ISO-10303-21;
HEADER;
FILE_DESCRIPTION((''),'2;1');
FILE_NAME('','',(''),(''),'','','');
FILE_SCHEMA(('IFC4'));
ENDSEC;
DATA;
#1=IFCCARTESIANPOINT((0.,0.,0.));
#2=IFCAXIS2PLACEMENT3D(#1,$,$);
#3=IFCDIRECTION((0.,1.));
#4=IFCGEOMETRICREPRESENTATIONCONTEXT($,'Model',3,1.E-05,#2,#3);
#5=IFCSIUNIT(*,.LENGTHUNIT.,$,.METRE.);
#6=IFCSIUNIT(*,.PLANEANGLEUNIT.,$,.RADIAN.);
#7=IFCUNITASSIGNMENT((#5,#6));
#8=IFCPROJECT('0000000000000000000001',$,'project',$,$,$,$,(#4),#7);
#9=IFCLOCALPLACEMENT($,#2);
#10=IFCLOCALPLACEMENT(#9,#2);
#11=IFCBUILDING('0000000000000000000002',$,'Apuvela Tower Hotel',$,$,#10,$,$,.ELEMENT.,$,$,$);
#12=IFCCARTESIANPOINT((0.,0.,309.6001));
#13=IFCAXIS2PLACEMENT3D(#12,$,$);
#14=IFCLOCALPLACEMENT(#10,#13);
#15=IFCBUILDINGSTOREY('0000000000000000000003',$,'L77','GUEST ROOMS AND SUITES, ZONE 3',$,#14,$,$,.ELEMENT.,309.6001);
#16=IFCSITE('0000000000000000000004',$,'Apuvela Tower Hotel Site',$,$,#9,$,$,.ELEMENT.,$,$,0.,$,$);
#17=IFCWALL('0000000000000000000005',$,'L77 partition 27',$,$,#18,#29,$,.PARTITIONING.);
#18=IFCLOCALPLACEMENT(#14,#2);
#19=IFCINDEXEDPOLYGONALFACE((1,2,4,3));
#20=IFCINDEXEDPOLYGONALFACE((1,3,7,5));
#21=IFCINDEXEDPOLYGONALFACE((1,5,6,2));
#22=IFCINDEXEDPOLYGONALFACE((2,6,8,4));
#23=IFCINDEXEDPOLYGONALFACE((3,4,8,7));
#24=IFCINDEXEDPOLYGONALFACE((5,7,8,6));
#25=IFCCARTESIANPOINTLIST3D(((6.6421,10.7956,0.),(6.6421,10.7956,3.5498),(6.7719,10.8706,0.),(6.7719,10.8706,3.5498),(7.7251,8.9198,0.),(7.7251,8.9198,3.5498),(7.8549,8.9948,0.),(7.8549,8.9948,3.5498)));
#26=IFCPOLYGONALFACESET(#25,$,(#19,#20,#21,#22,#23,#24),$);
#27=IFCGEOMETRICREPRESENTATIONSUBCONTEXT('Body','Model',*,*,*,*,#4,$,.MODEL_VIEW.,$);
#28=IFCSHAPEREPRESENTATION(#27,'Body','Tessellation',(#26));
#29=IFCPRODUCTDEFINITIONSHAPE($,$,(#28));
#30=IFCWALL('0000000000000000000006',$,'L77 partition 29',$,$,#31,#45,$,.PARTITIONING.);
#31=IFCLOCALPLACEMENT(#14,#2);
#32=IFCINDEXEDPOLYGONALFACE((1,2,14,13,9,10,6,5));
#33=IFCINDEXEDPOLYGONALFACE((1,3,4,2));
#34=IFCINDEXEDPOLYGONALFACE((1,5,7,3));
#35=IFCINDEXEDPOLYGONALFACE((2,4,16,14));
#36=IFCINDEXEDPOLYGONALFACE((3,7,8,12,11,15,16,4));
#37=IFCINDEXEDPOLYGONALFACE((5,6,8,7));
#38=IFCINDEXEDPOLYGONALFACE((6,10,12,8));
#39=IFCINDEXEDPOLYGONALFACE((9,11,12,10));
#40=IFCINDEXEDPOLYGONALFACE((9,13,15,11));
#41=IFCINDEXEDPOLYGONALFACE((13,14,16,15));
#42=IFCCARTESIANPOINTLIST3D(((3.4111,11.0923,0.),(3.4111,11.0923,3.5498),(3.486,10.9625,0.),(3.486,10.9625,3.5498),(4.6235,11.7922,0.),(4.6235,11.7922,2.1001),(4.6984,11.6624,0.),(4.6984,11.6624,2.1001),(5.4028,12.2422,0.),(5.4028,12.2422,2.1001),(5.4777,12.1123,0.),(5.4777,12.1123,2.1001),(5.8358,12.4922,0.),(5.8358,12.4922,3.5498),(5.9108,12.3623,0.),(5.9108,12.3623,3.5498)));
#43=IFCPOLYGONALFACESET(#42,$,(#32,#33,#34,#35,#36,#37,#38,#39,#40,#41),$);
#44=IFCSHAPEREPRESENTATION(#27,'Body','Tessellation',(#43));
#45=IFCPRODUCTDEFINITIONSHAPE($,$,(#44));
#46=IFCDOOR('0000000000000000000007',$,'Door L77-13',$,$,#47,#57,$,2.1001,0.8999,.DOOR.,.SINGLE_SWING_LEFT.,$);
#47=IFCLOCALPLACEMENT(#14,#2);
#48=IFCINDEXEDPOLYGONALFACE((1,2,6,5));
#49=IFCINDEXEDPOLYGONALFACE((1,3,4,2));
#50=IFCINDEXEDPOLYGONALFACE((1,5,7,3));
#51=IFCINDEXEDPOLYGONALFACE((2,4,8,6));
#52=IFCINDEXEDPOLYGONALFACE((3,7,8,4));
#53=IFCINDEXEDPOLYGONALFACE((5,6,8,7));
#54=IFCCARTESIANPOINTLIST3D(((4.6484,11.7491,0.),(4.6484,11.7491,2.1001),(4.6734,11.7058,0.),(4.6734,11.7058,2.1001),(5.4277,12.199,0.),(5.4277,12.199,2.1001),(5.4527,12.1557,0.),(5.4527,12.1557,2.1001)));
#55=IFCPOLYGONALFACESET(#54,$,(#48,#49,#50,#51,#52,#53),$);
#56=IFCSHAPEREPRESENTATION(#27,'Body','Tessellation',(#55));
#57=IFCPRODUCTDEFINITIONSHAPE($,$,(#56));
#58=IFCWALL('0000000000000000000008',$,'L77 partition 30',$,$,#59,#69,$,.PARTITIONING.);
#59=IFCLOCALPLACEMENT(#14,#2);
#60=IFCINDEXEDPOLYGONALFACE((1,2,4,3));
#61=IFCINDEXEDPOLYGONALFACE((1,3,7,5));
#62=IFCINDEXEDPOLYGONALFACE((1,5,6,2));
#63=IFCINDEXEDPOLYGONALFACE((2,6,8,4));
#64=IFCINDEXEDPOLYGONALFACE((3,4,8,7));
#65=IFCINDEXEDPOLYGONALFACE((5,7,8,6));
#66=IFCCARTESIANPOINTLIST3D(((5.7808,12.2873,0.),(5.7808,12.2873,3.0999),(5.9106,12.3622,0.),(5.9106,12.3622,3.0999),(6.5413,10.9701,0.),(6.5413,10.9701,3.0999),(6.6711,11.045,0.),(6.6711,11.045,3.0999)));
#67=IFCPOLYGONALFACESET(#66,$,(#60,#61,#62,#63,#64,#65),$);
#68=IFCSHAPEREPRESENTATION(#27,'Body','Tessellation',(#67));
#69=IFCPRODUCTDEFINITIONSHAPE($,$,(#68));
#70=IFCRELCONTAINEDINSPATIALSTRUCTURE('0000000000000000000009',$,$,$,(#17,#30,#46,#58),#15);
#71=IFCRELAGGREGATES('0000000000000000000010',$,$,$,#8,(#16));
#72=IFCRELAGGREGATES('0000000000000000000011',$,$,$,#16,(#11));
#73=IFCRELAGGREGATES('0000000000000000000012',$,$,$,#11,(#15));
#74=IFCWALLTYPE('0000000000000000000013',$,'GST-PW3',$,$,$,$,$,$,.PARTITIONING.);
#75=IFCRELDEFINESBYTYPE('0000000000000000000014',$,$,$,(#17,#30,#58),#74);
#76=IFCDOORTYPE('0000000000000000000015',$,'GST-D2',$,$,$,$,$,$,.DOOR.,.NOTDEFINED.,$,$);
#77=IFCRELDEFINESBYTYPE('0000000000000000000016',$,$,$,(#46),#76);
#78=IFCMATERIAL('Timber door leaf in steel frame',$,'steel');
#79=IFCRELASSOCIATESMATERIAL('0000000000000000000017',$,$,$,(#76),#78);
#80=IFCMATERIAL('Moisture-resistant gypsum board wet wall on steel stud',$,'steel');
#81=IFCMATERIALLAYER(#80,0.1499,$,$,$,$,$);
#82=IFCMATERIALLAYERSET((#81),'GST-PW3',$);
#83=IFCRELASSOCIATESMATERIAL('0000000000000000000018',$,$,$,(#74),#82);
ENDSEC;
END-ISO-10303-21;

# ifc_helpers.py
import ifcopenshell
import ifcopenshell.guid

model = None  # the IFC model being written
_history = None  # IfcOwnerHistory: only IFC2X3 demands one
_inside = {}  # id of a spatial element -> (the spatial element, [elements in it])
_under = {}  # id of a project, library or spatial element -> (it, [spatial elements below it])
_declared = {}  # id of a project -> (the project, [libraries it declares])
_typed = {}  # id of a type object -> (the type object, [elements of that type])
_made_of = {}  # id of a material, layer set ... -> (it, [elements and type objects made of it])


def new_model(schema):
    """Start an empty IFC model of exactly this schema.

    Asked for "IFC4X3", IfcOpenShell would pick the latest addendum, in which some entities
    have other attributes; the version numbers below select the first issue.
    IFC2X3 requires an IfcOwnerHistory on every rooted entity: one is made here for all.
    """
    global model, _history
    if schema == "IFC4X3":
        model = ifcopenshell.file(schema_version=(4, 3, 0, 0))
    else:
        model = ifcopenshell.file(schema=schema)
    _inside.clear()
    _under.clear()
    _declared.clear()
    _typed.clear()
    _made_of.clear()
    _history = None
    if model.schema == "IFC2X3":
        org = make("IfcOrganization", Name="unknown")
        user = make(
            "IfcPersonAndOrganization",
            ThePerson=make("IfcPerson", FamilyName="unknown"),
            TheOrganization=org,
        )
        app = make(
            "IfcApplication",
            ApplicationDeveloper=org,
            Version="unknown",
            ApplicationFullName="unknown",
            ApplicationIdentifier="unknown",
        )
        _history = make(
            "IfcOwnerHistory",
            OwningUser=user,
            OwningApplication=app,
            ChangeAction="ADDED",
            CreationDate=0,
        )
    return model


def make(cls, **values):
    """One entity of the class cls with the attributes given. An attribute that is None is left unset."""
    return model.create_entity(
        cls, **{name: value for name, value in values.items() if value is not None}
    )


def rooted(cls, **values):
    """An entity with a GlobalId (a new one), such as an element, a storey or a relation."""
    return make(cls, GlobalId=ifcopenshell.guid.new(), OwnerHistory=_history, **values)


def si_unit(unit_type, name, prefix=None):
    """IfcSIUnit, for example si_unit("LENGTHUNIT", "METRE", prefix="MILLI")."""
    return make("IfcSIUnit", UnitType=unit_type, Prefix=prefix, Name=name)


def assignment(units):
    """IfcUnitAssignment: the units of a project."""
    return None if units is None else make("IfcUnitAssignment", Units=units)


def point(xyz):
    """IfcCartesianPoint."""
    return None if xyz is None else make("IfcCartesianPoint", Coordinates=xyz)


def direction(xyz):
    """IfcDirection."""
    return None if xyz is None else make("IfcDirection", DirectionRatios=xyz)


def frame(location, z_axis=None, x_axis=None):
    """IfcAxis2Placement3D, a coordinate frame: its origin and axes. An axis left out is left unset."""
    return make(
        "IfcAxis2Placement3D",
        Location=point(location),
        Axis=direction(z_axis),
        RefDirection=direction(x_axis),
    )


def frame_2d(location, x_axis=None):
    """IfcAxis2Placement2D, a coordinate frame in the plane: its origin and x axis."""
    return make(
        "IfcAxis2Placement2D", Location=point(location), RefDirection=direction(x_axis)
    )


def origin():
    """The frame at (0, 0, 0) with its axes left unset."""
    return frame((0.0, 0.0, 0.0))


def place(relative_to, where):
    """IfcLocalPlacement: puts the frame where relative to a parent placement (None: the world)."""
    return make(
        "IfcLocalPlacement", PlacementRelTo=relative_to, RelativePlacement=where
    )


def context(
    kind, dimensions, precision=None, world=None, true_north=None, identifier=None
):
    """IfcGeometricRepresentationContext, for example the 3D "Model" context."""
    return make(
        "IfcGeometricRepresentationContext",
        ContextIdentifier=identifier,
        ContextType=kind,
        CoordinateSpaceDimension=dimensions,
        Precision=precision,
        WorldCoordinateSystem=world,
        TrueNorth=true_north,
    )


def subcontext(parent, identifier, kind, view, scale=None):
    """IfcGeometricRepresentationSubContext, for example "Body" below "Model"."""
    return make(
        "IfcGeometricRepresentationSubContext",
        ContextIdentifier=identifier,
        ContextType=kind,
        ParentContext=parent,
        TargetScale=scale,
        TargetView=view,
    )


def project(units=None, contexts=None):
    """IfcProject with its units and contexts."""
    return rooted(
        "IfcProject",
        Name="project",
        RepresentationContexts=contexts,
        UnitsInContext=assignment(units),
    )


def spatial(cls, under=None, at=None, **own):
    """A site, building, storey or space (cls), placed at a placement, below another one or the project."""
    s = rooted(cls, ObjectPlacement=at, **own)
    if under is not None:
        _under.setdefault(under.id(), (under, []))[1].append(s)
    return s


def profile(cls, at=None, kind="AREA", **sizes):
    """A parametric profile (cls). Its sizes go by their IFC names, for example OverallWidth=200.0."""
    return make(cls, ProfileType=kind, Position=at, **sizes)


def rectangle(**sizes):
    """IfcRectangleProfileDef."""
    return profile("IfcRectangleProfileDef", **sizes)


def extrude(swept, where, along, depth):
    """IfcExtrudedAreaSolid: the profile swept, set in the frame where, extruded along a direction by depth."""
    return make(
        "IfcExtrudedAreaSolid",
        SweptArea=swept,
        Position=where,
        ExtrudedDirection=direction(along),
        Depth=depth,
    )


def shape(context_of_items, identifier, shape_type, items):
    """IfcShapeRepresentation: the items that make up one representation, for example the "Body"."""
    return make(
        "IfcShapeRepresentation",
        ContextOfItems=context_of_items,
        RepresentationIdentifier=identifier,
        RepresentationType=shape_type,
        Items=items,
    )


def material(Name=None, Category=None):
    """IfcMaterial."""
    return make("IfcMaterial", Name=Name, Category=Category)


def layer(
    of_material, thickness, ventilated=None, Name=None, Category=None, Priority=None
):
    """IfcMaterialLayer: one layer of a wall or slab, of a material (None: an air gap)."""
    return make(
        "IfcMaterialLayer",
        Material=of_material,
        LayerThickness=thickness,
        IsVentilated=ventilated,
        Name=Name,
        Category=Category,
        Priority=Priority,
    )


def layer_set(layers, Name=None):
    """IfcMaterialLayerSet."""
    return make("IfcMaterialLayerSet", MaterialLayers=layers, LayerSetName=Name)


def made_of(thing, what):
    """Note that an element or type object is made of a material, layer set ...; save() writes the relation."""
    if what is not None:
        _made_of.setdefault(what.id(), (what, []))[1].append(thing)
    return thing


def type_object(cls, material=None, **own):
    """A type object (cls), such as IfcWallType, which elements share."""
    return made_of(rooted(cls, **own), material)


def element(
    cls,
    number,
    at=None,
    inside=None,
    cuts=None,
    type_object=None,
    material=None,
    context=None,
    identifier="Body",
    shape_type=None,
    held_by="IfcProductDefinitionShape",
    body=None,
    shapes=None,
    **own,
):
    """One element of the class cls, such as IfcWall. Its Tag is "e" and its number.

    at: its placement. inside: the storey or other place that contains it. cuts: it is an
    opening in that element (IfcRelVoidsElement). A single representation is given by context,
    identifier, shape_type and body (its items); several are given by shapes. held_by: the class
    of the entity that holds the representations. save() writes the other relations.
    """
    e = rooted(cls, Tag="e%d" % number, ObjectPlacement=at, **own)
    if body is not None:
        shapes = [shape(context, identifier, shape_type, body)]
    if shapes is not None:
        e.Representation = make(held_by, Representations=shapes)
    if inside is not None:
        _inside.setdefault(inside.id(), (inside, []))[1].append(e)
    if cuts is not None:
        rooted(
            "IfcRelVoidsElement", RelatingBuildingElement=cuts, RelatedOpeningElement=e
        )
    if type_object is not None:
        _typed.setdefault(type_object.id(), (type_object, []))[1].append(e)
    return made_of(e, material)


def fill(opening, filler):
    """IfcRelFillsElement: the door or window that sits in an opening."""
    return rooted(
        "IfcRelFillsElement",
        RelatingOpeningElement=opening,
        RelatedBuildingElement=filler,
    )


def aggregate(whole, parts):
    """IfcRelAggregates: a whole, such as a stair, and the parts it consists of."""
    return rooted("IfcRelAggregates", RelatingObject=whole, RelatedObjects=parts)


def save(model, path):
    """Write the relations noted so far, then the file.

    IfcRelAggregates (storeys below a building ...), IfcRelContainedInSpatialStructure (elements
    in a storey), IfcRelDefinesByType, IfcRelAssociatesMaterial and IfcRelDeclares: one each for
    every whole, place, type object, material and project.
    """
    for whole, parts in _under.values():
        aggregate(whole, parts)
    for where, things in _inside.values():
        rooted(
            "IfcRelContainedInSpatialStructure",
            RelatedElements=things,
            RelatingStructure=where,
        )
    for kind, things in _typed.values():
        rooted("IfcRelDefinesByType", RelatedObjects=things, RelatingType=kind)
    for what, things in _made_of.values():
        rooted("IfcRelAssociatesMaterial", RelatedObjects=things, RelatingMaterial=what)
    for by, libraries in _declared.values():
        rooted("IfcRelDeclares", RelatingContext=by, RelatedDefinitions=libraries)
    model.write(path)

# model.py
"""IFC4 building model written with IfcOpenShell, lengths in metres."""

from ifc_helpers import new_model, si_unit, direction, frame, frame_2d, origin, place, context, subcontext, project, spatial, rectangle, extrude, material, layer, layer_set, type_object, element, fill, save


model = new_model("IFC4")

# Units and contexts
model_context = context("Model", 3, precision=1e-05, world=origin(), true_north=direction((0.0, 1.0)))
body_context = subcontext(model_context, "Body", "Model", "MODEL_VIEW")
ifc_project = project(units=[si_unit("LENGTHUNIT", "METRE"), si_unit("PLANEANGLEUNIT", "RADIAN")], contexts=[model_context])

# Site, building, storey
site_placement = place(None, origin())
site = spatial("IfcSite", under=ifc_project, at=site_placement, Name="Apuvela Tower Hotel Site", CompositionType="ELEMENT", RefElevation=0.0)
building_placement = place(site_placement, origin())
building = spatial("IfcBuilding", under=site, at=building_placement, Name="Apuvela Tower Hotel", CompositionType="ELEMENT")
storey_placement = place(building_placement, frame((0.0, 0.0, 309.6001)))
storey = spatial("IfcBuildingStorey", under=building, at=storey_placement, Name="L77", Description="GUEST ROOMS AND SUITES, ZONE 3", CompositionType="ELEMENT", Elevation=309.6001)

# Shared definitions
ifc_material_1 = material(Name="Timber door leaf in steel frame", Category="steel")
door_type_1 = type_object("IfcDoorType", Name="GST-D2", OperationType="NOTDEFINED", PredefinedType="DOOR", material=ifc_material_1)
ifc_material_2 = material(Name="Moisture-resistant gypsum board wet wall on steel stud", Category="steel")
ifc_layer_1 = layer(ifc_material_2, 0.1499)
ifc_layer_set_1 = layer_set([ifc_layer_1], Name="GST-PW3")
wall_type_1 = type_object("IfcWallType", Name="GST-PW3", PredefinedType="PARTITIONING", material=ifc_layer_set_1)

# Wall
wall_1_placement = place(storey_placement, frame((7.79, 8.9573, 0.0), z_axis=(0.0, 0.0, 1.0), x_axis=(-0.500018, 0.866015, 0.0)))
element("IfcWall", 1, at=wall_1_placement, inside=storey, type_object=wall_type_1, Name="L77 partition 27", PredefinedType="PARTITIONING", context=body_context, shape_type="SweptSolid", body=[
    extrude(rectangle(XDim=2.166, YDim=0.1499, at=frame_2d((1.083, 0.0))), origin(), (0.0, 0.0, 1.0), 3.5498),
])

# Wall, opening, door
wall_2_placement = place(storey_placement, frame((5.8733, 12.4272, 0.0), z_axis=(0.0, 0.0, 1.0), x_axis=(-0.866035, -0.499984, 0.0)))
wall_2 = element("IfcWall", 2, at=wall_2_placement, inside=storey, type_object=wall_type_1, Name="L77 partition 29", PredefinedType="PARTITIONING", context=body_context, shape_type="SweptSolid", body=[
    extrude(rectangle(XDim=2.7998, YDim=0.1499, at=frame_2d((1.3999, 0.0))), origin(), (0.0, 0.0, 1.0), 3.5498),
])
opening_1_placement = place(wall_2_placement, frame((0.5, 0.0, 0.0)))
opening_1 = element("IfcOpeningElement", 3, at=opening_1_placement, cuts=wall_2, PredefinedType="OPENING", context=body_context, shape_type="SweptSolid", body=[
    extrude(rectangle(XDim=0.8999, YDim=2.1001, at=frame_2d((0.45, 1.05))), frame((0.0, 0.085, 0.0), z_axis=(0.0, -1.0, 0.0), x_axis=(1.0, 0.0, 0.0)), (0.0, 0.0, 1.0), 0.1699),
])
door_1_placement = place(opening_1_placement, origin())
door_1 = element("IfcDoor", 4, at=door_1_placement, inside=storey, type_object=door_type_1, Name="Door L77-13", OperationType="SINGLE_SWING_LEFT", OverallHeight=2.1001, OverallWidth=0.8999, PredefinedType="DOOR", context=body_context, shape_type="SweptSolid", body=[
    extrude(rectangle(XDim=0.8999, YDim=2.1001, at=frame_2d((0.45, 1.05))), frame((0.0, 0.0249, 0.0), z_axis=(0.0, -1.0, 0.0), x_axis=(1.0, 0.0, 0.0)), (0.0, 0.0, 1.0), 0.05),
])
fill(opening_1, door_1)

# Wall
wall_3_placement = place(storey_placement, frame((6.6062, 11.0076, 0.0), z_axis=(0.0, 0.0, 1.0), x_axis=(-0.500024, 0.866012, 0.0)))
element("IfcWall", 5, at=wall_3_placement, inside=storey, type_object=wall_type_1, Name="L77 partition 30", PredefinedType="PARTITIONING", context=body_context, shape_type="SweptSolid", body=[
    extrude(rectangle(XDim=1.521, YDim=0.1499, at=frame_2d((0.7605, 0.0))), origin(), (0.0, 0.0, 1.0), 3.0999),
])

save(model, "model.ifc")
